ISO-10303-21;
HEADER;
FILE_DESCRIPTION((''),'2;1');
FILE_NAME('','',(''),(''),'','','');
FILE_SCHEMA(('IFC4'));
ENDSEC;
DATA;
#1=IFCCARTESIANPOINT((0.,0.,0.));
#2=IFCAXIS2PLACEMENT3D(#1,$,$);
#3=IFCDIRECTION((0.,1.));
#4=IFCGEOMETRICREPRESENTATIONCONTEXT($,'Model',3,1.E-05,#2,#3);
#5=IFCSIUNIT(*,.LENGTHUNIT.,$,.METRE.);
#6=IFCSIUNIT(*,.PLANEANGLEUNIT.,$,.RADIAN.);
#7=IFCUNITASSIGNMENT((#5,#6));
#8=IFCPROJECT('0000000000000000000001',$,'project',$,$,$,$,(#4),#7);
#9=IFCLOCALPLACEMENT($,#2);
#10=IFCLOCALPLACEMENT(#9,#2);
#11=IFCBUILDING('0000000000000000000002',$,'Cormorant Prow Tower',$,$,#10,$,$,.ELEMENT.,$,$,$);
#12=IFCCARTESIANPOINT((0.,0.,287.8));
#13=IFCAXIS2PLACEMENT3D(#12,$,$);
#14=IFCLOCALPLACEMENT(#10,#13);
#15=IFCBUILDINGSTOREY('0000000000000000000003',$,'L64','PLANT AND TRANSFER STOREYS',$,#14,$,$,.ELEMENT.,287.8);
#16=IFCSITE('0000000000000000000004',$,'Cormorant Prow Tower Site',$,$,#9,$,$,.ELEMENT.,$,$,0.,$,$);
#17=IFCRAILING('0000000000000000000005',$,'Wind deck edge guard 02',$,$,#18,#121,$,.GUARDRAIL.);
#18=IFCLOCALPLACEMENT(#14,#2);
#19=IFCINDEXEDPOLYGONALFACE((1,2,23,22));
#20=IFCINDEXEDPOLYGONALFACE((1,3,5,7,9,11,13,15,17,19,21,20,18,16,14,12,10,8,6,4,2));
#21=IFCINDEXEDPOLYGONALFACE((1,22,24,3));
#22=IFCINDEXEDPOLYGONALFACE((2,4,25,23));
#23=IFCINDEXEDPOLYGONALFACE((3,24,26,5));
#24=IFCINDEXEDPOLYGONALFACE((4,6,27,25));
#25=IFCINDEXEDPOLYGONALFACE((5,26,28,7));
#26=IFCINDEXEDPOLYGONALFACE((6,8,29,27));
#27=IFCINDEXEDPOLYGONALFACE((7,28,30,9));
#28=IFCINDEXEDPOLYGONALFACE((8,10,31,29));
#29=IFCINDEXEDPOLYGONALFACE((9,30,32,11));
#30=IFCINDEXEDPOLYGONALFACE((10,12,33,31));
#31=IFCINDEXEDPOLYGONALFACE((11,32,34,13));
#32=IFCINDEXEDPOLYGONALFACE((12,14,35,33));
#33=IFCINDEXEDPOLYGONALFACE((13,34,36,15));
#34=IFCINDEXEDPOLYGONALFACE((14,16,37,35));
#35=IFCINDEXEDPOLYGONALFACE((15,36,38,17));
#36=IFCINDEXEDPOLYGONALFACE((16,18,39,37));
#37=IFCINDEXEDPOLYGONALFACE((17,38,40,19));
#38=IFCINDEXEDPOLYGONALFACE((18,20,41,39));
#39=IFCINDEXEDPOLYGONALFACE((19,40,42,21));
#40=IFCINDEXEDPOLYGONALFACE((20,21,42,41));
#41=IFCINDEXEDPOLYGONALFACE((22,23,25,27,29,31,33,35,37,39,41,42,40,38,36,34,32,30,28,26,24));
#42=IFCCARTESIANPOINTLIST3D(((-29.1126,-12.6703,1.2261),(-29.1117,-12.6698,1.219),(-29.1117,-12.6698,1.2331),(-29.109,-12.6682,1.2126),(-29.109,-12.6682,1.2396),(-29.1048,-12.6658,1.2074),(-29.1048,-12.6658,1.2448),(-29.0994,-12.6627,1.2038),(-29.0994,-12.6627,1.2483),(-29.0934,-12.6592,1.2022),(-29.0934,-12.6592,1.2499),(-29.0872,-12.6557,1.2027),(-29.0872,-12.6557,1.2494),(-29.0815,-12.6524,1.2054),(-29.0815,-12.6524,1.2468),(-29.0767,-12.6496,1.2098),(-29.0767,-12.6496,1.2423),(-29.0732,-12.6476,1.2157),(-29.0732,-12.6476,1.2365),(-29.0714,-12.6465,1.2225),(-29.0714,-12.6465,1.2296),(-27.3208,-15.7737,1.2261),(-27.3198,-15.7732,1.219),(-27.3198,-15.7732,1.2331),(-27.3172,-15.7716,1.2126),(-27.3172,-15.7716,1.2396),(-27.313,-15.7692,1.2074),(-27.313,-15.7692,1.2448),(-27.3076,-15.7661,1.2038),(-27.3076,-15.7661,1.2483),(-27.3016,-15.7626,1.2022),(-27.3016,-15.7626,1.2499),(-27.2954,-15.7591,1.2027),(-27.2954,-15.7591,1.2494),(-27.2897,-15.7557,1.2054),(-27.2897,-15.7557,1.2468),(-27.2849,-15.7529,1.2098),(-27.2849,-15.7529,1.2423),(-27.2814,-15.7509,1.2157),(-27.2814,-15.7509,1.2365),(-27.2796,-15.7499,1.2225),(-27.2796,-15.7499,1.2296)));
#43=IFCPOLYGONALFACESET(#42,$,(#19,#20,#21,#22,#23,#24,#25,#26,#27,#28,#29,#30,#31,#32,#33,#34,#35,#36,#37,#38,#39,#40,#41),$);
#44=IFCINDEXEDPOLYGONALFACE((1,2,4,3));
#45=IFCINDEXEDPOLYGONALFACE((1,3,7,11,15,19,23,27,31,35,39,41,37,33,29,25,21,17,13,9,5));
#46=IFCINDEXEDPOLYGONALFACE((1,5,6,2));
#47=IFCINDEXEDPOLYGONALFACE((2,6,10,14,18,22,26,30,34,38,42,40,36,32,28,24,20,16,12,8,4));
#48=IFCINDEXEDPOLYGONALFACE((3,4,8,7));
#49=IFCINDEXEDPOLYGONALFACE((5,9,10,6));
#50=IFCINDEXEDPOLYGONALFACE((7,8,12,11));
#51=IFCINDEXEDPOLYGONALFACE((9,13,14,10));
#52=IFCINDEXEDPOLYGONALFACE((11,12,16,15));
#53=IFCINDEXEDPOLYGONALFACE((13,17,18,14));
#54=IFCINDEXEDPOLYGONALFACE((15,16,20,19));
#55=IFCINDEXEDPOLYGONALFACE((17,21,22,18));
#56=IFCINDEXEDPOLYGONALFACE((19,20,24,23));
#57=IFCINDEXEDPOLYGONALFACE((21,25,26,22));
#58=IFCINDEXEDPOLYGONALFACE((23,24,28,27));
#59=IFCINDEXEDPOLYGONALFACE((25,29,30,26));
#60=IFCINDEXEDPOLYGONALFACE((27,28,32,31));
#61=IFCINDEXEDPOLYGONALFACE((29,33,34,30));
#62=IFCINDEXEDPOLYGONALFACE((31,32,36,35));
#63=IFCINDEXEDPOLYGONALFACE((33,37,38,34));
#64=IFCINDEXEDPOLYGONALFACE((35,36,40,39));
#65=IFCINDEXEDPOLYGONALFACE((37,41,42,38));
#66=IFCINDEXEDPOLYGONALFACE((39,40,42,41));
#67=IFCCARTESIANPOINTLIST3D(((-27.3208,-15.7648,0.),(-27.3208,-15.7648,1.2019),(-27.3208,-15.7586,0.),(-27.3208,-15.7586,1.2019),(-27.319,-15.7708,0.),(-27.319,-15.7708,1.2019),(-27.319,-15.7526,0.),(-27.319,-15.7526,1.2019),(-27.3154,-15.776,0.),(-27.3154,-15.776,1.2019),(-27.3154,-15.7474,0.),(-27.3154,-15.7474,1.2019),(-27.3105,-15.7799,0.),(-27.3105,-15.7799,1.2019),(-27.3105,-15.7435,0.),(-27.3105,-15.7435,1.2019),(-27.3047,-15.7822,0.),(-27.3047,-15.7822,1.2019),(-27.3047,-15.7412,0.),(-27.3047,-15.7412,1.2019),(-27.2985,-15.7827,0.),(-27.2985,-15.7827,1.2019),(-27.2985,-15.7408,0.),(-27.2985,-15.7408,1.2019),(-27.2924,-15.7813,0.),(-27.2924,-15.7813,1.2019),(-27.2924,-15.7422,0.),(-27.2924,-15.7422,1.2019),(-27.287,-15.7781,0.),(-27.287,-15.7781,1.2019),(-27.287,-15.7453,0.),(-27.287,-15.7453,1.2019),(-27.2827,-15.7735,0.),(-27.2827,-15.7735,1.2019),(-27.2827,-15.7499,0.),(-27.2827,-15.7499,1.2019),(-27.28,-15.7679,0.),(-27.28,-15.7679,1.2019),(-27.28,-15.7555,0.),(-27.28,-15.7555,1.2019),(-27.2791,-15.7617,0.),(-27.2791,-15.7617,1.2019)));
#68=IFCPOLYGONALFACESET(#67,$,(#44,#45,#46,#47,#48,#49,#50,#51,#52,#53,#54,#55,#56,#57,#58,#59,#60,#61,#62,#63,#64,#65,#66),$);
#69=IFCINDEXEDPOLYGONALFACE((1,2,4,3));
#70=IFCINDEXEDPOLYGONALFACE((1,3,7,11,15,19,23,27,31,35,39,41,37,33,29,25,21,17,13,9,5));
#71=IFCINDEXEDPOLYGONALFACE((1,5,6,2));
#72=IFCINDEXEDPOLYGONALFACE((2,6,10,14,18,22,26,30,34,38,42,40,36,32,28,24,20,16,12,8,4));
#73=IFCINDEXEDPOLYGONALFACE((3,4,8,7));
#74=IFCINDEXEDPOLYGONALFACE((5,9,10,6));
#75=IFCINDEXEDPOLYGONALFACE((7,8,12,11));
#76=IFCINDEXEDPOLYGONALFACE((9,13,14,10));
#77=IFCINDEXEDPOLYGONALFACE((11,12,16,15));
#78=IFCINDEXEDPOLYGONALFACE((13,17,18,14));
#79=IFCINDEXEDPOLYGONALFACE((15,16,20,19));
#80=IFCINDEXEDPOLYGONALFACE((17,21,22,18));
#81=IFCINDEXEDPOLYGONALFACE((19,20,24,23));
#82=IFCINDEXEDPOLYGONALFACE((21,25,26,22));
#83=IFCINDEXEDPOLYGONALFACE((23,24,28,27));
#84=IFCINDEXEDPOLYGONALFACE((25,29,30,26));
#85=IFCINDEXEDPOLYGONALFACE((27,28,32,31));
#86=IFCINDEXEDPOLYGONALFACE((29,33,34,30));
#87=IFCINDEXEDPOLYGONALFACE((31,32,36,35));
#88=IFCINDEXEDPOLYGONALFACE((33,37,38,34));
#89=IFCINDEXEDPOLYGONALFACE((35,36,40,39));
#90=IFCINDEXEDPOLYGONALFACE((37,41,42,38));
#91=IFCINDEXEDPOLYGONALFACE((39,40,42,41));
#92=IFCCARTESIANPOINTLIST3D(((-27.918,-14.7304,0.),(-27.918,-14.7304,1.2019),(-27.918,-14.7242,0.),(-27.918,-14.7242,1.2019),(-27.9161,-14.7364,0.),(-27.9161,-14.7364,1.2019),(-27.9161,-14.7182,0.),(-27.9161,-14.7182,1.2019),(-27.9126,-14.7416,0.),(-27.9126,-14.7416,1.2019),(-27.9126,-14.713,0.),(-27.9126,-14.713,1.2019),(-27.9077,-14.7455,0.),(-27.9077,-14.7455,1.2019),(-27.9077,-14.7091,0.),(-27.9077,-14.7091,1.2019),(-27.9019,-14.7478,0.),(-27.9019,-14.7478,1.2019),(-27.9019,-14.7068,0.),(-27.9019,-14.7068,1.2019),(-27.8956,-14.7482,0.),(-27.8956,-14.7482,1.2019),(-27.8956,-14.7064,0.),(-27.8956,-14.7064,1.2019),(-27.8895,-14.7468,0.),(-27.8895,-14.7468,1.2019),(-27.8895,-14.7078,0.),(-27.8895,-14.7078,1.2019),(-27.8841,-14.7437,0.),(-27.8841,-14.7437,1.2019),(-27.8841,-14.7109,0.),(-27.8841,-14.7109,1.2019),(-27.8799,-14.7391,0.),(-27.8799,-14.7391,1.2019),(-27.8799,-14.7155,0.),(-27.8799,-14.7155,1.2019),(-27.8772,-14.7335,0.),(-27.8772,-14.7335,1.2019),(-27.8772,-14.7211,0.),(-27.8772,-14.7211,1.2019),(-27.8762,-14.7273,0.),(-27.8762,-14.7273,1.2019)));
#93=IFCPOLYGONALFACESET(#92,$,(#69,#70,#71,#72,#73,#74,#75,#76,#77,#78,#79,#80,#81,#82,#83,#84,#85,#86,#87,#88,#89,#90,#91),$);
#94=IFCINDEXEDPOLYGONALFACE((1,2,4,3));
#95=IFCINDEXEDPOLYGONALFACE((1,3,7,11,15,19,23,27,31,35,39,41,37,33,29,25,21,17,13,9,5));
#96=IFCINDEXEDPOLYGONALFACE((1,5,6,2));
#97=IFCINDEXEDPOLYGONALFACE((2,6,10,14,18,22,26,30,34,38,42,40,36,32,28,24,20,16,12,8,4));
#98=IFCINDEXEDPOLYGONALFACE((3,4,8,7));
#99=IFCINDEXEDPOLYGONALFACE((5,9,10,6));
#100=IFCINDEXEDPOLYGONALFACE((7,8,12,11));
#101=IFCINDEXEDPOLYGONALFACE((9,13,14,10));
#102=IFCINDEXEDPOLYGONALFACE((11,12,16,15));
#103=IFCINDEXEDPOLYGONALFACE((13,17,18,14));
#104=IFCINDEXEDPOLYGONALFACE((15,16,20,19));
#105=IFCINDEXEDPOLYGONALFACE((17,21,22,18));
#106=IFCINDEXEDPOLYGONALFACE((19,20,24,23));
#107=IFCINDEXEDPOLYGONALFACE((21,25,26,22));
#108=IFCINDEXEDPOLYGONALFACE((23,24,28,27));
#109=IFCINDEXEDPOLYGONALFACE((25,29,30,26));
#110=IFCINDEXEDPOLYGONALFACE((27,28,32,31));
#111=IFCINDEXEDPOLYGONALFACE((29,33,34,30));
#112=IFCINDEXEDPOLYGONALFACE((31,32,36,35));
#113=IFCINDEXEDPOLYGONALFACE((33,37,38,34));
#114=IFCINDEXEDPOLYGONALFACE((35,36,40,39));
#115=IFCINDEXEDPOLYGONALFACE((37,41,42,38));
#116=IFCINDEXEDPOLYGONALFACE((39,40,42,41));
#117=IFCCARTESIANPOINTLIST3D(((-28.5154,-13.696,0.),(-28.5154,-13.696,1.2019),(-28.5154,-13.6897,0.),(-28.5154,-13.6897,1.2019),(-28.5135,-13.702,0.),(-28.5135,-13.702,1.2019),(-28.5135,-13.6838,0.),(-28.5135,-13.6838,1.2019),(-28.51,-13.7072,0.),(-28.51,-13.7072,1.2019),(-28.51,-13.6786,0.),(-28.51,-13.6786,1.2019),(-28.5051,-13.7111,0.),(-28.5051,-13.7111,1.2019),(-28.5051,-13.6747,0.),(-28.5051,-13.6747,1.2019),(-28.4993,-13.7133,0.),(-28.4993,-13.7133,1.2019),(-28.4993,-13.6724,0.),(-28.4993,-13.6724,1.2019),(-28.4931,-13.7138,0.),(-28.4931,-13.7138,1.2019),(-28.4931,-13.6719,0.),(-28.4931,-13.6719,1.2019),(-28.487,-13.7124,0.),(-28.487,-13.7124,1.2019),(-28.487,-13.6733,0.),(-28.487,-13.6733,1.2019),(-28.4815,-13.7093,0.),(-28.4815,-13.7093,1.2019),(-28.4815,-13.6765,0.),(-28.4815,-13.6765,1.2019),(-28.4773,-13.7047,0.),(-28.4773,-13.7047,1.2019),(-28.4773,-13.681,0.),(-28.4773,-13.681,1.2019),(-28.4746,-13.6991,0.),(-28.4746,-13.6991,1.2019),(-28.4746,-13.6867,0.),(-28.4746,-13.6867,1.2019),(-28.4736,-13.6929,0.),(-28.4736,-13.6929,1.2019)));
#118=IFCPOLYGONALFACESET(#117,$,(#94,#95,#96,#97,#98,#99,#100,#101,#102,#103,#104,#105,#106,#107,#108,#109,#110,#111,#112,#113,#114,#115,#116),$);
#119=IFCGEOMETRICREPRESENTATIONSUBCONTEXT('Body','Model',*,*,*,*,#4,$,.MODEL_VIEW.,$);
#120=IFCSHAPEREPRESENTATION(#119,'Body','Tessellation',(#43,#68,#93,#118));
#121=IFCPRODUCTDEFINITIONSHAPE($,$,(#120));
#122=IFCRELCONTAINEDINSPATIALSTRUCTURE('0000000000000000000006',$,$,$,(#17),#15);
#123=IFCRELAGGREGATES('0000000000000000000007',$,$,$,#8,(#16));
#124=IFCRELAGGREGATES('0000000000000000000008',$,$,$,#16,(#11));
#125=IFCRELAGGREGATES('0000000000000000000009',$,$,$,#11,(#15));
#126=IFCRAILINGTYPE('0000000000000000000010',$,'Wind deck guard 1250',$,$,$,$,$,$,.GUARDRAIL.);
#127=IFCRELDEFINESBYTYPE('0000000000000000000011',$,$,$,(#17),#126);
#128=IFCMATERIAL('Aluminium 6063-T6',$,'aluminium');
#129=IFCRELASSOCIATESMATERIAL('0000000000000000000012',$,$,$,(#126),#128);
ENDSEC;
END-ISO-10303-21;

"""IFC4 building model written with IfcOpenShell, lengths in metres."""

from ifc_helpers import new_model, si_unit, direction, frame, origin, origin_2d, place, context, subcontext, project, spatial, circle, extrude, material, type_object, element, save


model = new_model("IFC4")

# Units and contexts
model_context = context("Model", 3, precision=1e-05, world=origin(), true_north=direction((0.0, 1.0)))
body_context = subcontext(model_context, "Body", "Model", "MODEL_VIEW")
ifc_project = project(units=[si_unit("LENGTHUNIT", "METRE"), si_unit("PLANEANGLEUNIT", "RADIAN")], contexts=[model_context])

# Site, building, storey
site_placement = place(None, origin())
site = spatial("IfcSite", under=ifc_project, at=site_placement, Name="Cormorant Prow Tower Site", CompositionType="ELEMENT", RefElevation=0.0)
building_placement = place(site_placement, origin())
building = spatial("IfcBuilding", under=site, at=building_placement, Name="Cormorant Prow Tower", CompositionType="ELEMENT")
storey_placement = place(building_placement, frame((0.0, 0.0, 287.8)))
storey = spatial("IfcBuildingStorey", under=building, at=storey_placement, Name="L64", Description="PLANT AND TRANSFER STOREYS", CompositionType="ELEMENT", Elevation=287.8)

# Railing
ifc_material_1 = material(Name="Aluminium 6063-T6", Category="aluminium")
railing_type = type_object("IfcRailingType", Name="Wind deck guard 1250", PredefinedType="GUARDRAIL", material=ifc_material_1)
for number, where, name in (
    (1, (-27.3, -15.7617, 0.0), "Wind deck edge guard 02"),
):
    element("IfcRailing", number, at=place(storey_placement, frame(where)), inside=storey, type_object=railing_type, Name=name, PredefinedType="GUARDRAIL", context=body_context, shape_type="SweptSolid", body=[
        extrude(circle(Radius=0.0239, at=origin_2d()), frame((0.0, 0.0, 1.2261), z_axis=(-0.500015, 0.866017, 0.0), x_axis=(-0.866017, -0.500015, 0.0)), (0.0, 0.0, 1.0), 3.5835),
        extrude(circle(Radius=0.021, at=origin_2d()), origin(), (0.0, 0.0, 1.0), 1.2019),
        extrude(circle(Radius=0.021, at=origin_2d()), frame((-0.5972, 1.0344, 0.0)), (0.0, 0.0, 1.0), 1.2019),
        extrude(circle(Radius=0.021, at=origin_2d()), frame((-1.1946, 2.0688, 0.0)), (0.0, 0.0, 1.0), 1.2019),
    ])

save(model, "model.ifc")
